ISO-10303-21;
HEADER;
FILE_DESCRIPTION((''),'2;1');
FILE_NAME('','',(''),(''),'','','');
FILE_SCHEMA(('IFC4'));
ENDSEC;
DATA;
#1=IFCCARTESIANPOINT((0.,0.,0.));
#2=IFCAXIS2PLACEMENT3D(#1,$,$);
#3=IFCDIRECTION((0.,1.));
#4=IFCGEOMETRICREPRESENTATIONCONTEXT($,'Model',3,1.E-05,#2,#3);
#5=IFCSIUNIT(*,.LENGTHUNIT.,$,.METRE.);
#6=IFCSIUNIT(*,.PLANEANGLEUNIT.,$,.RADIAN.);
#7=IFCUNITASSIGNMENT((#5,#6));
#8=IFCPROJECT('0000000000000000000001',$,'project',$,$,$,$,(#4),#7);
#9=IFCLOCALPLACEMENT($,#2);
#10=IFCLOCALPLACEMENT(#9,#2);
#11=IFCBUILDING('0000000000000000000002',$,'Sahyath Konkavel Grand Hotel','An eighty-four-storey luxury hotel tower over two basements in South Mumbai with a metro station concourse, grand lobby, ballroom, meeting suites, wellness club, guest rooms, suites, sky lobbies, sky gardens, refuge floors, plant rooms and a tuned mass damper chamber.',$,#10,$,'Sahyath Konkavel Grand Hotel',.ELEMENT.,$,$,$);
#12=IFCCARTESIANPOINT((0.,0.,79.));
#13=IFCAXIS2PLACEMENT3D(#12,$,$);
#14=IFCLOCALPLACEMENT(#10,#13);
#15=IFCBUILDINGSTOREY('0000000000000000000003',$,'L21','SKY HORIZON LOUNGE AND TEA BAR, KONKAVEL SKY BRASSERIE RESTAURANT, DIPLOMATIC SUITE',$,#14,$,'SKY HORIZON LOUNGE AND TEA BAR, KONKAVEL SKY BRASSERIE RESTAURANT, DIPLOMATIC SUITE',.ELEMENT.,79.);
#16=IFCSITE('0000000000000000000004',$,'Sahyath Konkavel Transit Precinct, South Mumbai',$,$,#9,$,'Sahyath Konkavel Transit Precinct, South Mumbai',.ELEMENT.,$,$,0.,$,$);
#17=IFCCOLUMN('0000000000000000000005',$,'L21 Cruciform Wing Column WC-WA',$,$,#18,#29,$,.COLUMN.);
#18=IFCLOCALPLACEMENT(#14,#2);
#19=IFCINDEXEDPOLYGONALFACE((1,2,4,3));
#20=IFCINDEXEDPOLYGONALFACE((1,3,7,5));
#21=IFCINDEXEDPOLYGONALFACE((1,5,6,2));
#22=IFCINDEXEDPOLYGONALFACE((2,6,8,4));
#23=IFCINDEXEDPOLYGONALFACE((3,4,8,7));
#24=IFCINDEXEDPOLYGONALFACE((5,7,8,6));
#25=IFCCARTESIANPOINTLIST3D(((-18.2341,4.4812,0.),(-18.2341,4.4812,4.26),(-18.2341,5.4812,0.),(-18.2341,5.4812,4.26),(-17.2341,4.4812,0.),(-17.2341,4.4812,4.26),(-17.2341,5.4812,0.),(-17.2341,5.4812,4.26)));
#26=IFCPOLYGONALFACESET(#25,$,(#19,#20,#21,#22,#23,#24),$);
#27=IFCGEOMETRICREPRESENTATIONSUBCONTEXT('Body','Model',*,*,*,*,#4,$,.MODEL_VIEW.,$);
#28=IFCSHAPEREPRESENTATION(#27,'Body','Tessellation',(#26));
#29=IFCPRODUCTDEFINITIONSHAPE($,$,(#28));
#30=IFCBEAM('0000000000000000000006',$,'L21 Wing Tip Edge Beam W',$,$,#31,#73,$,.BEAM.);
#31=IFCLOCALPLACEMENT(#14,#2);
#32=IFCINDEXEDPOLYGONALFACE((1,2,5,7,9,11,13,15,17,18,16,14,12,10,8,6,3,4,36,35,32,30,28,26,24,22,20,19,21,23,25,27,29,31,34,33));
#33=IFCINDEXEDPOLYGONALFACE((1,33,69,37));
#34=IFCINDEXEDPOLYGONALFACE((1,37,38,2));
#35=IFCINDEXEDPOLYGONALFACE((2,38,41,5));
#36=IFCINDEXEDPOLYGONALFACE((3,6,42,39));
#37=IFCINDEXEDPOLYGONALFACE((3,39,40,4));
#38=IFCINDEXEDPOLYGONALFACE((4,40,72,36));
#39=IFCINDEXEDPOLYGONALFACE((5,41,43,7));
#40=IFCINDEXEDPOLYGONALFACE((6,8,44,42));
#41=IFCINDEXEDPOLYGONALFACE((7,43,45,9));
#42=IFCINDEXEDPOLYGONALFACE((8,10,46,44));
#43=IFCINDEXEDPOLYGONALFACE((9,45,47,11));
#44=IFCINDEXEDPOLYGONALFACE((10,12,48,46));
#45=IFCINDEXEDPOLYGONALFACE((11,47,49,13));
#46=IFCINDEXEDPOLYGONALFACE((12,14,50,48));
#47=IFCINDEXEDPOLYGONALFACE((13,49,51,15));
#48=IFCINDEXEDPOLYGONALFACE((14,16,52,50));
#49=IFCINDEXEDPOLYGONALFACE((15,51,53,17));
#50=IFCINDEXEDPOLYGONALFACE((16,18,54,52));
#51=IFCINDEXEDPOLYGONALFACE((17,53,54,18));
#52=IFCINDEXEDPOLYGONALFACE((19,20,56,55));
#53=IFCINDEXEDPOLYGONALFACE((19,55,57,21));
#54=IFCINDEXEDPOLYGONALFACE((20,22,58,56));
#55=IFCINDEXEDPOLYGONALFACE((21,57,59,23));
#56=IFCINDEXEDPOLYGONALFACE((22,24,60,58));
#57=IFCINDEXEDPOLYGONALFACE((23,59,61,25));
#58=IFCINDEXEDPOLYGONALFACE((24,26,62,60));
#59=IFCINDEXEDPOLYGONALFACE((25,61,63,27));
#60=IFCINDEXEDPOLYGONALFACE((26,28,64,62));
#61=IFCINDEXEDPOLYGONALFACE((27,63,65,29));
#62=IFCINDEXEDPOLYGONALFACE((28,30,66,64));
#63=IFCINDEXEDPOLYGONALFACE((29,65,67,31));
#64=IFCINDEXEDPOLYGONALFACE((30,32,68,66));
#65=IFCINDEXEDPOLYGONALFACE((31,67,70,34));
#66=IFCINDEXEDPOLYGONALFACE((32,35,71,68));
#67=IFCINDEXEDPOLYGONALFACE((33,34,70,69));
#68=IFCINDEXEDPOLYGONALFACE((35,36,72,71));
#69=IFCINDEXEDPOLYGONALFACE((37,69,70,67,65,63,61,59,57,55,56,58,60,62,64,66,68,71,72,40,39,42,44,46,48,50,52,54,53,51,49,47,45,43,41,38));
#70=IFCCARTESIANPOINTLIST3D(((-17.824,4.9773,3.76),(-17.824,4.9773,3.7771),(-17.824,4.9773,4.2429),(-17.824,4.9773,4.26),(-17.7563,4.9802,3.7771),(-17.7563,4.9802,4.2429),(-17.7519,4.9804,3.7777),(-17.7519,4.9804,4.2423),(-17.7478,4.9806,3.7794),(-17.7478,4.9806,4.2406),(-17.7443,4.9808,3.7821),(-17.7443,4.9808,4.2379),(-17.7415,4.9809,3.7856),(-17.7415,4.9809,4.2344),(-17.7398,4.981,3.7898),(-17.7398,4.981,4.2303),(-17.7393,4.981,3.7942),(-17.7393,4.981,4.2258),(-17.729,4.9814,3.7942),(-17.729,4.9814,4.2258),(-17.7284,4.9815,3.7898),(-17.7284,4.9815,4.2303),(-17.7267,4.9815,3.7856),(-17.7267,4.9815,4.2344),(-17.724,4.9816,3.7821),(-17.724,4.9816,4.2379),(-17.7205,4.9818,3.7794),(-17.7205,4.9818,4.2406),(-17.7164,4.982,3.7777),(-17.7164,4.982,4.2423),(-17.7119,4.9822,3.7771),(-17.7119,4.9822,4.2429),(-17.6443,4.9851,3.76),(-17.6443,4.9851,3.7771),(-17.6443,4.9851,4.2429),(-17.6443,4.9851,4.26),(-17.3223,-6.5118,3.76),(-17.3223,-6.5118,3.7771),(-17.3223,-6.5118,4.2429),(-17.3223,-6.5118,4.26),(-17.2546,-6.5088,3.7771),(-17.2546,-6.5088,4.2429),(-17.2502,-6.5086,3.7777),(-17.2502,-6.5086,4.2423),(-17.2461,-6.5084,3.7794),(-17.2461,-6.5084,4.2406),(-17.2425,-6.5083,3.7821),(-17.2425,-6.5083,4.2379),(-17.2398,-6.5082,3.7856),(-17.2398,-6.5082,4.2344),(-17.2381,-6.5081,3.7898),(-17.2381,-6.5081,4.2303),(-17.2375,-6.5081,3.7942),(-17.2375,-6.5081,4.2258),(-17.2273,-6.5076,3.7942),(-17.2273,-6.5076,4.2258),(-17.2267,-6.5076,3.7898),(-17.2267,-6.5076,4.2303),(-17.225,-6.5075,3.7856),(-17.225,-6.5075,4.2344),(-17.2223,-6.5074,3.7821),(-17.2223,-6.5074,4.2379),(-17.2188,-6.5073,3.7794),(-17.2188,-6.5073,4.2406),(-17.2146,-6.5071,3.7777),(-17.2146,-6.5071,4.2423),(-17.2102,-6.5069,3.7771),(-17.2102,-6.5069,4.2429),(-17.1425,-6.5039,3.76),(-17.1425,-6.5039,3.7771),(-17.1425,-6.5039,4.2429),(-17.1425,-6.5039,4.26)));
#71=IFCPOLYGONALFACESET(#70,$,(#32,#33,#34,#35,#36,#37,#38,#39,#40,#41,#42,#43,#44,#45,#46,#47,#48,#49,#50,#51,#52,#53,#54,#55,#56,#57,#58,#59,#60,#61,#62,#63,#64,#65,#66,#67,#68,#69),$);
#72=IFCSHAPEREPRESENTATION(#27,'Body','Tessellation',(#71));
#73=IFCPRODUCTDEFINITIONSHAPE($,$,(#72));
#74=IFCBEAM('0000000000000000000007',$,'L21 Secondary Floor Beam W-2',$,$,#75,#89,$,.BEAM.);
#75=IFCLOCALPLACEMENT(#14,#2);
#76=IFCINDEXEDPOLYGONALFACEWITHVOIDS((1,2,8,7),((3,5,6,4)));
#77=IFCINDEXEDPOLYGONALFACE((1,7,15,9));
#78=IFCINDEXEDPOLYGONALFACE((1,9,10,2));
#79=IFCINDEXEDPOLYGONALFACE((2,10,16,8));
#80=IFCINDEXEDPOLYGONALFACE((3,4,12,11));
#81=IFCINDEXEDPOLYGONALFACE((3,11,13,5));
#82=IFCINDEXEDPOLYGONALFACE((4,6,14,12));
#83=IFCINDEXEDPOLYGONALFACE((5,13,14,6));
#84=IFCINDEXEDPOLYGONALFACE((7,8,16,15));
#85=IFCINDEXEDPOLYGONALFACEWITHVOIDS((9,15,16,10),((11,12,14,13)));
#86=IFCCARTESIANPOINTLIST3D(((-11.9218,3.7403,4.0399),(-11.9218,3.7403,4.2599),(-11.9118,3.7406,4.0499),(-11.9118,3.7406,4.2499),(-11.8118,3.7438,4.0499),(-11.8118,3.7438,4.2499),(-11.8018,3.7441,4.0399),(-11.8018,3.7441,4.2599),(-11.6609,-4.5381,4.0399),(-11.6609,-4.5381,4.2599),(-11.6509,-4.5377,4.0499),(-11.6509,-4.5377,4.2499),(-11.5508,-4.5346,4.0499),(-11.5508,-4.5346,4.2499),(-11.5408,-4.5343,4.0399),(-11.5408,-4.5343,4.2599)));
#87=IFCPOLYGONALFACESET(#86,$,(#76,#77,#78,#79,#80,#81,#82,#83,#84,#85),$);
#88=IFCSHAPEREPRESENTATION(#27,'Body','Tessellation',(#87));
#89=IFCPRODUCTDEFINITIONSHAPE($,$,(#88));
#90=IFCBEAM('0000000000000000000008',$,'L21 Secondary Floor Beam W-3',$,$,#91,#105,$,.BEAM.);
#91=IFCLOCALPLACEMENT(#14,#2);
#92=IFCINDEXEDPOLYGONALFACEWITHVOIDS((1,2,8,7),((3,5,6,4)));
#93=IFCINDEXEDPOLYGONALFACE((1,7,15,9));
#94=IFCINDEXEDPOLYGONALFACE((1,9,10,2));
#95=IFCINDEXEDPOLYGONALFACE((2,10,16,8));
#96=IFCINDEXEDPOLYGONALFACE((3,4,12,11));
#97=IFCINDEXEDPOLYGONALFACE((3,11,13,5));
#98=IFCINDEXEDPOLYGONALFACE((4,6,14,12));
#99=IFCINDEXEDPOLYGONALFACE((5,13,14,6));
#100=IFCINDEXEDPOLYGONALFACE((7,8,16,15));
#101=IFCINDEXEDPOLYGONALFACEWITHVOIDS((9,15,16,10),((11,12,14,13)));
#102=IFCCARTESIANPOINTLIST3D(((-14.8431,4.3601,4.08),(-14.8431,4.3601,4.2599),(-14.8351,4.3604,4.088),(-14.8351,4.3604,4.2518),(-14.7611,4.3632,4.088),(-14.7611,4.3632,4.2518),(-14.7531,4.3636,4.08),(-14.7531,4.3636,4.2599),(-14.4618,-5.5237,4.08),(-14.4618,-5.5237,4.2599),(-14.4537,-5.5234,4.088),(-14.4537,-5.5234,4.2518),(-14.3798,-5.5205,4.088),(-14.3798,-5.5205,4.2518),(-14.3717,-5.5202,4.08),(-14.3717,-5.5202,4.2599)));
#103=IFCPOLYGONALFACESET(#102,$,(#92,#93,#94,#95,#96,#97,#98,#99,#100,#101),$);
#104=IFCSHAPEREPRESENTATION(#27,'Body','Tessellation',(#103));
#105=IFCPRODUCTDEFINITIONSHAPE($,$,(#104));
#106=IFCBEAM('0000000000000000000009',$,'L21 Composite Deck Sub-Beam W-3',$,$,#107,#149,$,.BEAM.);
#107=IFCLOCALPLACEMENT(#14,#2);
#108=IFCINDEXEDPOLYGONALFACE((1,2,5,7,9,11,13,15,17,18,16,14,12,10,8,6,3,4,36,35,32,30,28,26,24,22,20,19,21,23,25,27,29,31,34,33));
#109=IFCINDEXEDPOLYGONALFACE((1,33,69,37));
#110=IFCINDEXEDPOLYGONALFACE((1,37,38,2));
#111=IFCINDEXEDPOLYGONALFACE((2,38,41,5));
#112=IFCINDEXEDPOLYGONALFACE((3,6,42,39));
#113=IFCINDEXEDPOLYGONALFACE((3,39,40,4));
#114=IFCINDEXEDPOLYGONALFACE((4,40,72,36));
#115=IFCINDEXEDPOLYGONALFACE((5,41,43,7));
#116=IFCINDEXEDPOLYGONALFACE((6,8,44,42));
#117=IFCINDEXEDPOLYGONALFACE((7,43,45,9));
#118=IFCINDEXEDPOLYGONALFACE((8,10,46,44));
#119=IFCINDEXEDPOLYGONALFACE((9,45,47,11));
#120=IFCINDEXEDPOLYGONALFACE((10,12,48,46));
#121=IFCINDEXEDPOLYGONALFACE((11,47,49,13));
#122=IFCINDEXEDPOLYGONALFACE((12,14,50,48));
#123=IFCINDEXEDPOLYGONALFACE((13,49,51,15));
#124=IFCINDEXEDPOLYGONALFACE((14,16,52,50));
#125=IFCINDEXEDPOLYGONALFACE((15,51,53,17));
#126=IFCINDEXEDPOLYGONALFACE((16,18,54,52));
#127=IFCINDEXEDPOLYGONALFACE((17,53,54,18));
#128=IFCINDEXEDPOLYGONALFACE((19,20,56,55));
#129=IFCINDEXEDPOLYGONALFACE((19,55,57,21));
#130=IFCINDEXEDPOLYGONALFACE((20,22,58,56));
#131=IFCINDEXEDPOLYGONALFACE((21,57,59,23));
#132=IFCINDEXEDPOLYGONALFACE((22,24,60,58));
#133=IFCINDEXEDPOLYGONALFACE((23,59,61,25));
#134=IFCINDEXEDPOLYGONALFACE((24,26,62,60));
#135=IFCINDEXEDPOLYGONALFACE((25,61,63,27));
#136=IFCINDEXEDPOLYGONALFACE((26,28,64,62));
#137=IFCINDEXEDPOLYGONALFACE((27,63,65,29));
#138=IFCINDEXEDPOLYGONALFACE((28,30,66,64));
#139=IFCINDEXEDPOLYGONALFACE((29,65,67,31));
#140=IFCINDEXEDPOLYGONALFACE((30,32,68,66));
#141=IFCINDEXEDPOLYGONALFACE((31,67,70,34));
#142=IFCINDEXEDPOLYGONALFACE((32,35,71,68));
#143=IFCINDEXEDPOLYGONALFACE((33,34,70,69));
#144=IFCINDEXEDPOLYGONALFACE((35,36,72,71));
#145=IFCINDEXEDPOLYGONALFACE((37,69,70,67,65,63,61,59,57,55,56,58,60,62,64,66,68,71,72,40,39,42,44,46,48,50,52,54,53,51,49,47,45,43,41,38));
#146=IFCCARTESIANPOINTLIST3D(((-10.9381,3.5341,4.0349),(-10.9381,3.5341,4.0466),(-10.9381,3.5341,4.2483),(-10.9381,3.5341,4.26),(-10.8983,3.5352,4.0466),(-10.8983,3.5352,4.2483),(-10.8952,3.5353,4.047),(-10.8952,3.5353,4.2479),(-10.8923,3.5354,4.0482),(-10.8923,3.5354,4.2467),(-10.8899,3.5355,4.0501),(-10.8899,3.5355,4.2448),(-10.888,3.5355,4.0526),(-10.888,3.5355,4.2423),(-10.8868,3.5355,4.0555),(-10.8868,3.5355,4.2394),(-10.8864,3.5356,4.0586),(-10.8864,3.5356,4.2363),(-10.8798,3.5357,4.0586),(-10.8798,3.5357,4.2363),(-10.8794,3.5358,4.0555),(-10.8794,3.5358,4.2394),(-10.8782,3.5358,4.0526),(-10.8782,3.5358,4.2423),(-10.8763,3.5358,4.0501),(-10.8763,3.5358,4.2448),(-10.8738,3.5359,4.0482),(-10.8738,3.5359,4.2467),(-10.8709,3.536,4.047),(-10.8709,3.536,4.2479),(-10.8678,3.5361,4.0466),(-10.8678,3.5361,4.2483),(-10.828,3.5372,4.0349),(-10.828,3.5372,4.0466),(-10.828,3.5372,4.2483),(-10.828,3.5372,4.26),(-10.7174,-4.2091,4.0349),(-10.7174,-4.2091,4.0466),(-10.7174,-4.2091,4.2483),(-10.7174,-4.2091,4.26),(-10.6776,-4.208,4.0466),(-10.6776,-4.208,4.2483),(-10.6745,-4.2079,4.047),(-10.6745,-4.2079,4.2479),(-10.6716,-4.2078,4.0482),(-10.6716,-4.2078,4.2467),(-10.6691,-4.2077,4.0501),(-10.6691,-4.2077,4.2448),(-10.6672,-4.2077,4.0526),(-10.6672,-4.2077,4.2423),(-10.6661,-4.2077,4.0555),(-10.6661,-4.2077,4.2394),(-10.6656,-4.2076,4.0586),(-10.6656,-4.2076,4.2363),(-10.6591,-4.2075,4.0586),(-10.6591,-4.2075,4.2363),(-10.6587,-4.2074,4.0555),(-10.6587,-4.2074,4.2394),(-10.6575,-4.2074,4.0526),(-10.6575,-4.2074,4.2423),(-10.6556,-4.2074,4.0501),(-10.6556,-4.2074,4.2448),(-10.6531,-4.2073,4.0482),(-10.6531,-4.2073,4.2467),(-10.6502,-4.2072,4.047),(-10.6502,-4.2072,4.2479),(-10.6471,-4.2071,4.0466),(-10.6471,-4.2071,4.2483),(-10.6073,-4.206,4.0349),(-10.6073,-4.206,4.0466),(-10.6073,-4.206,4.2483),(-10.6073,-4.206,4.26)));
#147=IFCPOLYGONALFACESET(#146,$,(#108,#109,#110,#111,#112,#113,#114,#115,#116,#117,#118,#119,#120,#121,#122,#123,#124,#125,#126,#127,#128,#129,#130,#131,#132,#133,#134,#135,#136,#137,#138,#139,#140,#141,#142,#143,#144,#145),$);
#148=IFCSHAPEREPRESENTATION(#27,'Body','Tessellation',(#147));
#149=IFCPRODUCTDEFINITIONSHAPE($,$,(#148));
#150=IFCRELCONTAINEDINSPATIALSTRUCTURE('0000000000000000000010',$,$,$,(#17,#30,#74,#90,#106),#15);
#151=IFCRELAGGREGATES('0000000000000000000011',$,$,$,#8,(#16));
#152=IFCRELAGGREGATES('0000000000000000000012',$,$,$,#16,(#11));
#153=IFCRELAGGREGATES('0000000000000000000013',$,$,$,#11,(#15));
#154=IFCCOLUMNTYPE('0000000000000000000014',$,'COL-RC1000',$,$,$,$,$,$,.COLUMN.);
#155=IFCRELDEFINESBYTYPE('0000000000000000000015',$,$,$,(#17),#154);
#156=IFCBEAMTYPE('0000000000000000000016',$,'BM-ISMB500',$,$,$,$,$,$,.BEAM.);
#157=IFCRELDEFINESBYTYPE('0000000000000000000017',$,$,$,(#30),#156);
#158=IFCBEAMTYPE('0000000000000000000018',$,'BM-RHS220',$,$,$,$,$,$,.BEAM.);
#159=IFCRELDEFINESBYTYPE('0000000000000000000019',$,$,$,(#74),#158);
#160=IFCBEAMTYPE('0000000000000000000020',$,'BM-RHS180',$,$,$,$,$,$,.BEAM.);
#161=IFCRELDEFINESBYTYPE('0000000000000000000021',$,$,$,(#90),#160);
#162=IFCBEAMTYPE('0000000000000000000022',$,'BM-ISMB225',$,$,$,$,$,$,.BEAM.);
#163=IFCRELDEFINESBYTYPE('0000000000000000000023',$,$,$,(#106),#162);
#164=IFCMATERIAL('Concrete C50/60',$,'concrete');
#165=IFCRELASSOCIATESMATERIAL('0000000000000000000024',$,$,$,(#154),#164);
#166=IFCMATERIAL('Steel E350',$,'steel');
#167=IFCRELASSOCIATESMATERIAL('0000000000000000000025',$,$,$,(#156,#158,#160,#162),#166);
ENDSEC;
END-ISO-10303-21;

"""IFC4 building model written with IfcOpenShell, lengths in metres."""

from ifc_helpers import new_model, si_unit, direction, frame, origin, origin_2d, place, context, subcontext, project, spatial, rectangle, hollow_rectangle, i_section, extrude, source, transform, mapped, material, material_profile, profile_set, type_object, element, save


model = new_model("IFC4")

# Units and contexts
model_context = context("Model", 3, precision=1e-05, world=origin(), true_north=direction((0.0, 1.0)))
body_context = subcontext(model_context, "Body", "Model", "MODEL_VIEW")
ifc_project = project(units=[si_unit("LENGTHUNIT", "METRE"), si_unit("PLANEANGLEUNIT", "RADIAN")], contexts=[model_context])

# Site, building, storey
site_placement = place(None, origin())
site = spatial("IfcSite", under=ifc_project, at=site_placement, Name="Sahyath Konkavel Transit Precinct, South Mumbai", LongName="Sahyath Konkavel Transit Precinct, South Mumbai", CompositionType="ELEMENT", RefElevation=0.0)
building_placement = place(site_placement, origin())
building = spatial("IfcBuilding", under=site, at=building_placement, Name="Sahyath Konkavel Grand Hotel", Description="An eighty-four-storey luxury hotel tower over two basements in South Mumbai with a metro station concourse, grand lobby, ballroom, meeting suites, wellness club, guest rooms, suites, sky lobbies, sky gardens, refuge floors, plant rooms and a tuned mass damper chamber.", LongName="Sahyath Konkavel Grand Hotel", CompositionType="ELEMENT")
storey_placement = place(building_placement, frame((0.0, 0.0, 79.0)))
storey = spatial("IfcBuildingStorey", under=building, at=storey_placement, Name="L21", Description="SKY HORIZON LOUNGE AND TEA BAR, KONKAVEL SKY BRASSERIE RESTAURANT, DIPLOMATIC SUITE", LongName="SKY HORIZON LOUNGE AND TEA BAR, KONKAVEL SKY BRASSERIE RESTAURANT, DIPLOMATIC SUITE", CompositionType="ELEMENT", Elevation=79.0)

# Column
ifc_material_1 = material(Name="Concrete C50/60", Category="concrete")
ifc_material_profile_1 = material_profile(ifc_material_1, rectangle(XDim=1.0, YDim=1.0, at=origin_2d()), Name="RC 1000x1000")
ifc_profile_set_1 = profile_set([ifc_material_profile_1], Name="Concrete C50/60")
column_type = type_object("IfcColumnType", Name="COL-RC1000", PredefinedType="COLUMN", material=ifc_profile_set_1)
shared_shape_1 = source(origin(), body_context, "Body", "SweptSolid", [
    extrude(rectangle(XDim=1.0, YDim=1.0, at=origin_2d()), origin(), (0.0, 0.0, 1.0), 4.26),
])
column_placement = place(storey_placement, frame((-17.7341, 4.9812, 0.0), z_axis=(0.0, 0.0, 1.0), x_axis=(1.0, 0.0, 0.0)))
element("IfcColumn", 1, at=column_placement, inside=storey, type_object=column_type, Name="L21 Cruciform Wing Column WC-WA", PredefinedType="COLUMN", context=body_context, shape_type="MappedRepresentation", body=[
    mapped(shared_shape_1, transform((0.0, 0.0, 0.0), scale=1.0)),
])

# Beams
ifc_material_2 = material(Name="Steel E350", Category="steel")
ifc_material_profile_2 = material_profile(ifc_material_2, i_section(OverallWidth=0.1799, OverallDepth=0.5, WebThickness=0.0103, FlangeThickness=0.0171, FilletRadius=0.0171, at=origin_2d()), Name="ISMB 500")
ifc_profile_set_2 = profile_set([ifc_material_profile_2], Name="Steel E350")
beam_type_1 = type_object("IfcBeamType", Name="BM-ISMB500", PredefinedType="BEAM", material=ifc_profile_set_2)
shared_shape_2 = source(origin(), body_context, "Body", "SweptSolid", [
    extrude(i_section(OverallWidth=0.1799, OverallDepth=0.5, WebThickness=0.0103, FlangeThickness=0.0171, FilletRadius=0.0171, at=origin_2d()), origin(), (0.0, 0.0, 1.0), 11.5),
])
beam_1_placement = place(storey_placement, frame((-17.7341, 4.9812, 4.01), z_axis=(0.043627, -0.999048, 0.0), x_axis=(0.999048, 0.043627, 0.0)))
element("IfcBeam", 2, at=beam_1_placement, inside=storey, type_object=beam_type_1, Name="L21 Wing Tip Edge Beam W", PredefinedType="BEAM", context=body_context, shape_type="MappedRepresentation", body=[
    mapped(shared_shape_2, transform((0.0, 0.0, 0.0), scale=1.0)),
])
ifc_material_profile_3 = material_profile(ifc_material_2, hollow_rectangle(XDim=0.1201, YDim=0.22, WallThickness=0.01, at=origin_2d()), Name="RHS 220x120x10")
ifc_profile_set_3 = profile_set([ifc_material_profile_3], Name="Steel E350")
beam_type_2 = type_object("IfcBeamType", Name="BM-RHS220", PredefinedType="BEAM", material=ifc_profile_set_3)
shared_shape_3 = source(origin(), body_context, "Body", "SweptSolid", [
    extrude(hollow_rectangle(XDim=0.1201, YDim=0.22, WallThickness=0.01, at=origin_2d()), origin(), (0.0, 0.0, 1.0), 8.2825),
])
beam_2_placement = place(storey_placement, frame((-11.8618, 3.7422, 4.1499), z_axis=(0.031511, -0.999503, 0.0), x_axis=(0.999503, 0.031511, 0.0)))
element("IfcBeam", 3, at=beam_2_placement, inside=storey, type_object=beam_type_2, Name="L21 Secondary Floor Beam W-2", PredefinedType="BEAM", context=body_context, shape_type="MappedRepresentation", body=[
    mapped(shared_shape_3, transform((0.0, 0.0, 0.0), scale=1.0)),
])
ifc_material_profile_4 = material_profile(ifc_material_2, hollow_rectangle(XDim=0.0901, YDim=0.1799, WallThickness=0.0081, at=origin_2d()), Name="RHS 180x90x8")
ifc_profile_set_4 = profile_set([ifc_material_profile_4], Name="Steel E350")
beam_type_3 = type_object("IfcBeamType", Name="BM-RHS180", PredefinedType="BEAM", material=ifc_profile_set_4)
shared_shape_4 = source(origin(), body_context, "Body", "SweptSolid", [
    extrude(hollow_rectangle(XDim=0.0901, YDim=0.1799, WallThickness=0.0081, at=origin_2d()), origin(), (0.0, 0.0, 1.0), 9.8911),
])
beam_3_placement = place(storey_placement, frame((-14.7981, 4.3618, 4.1699), z_axis=(0.038554, -0.999257, 0.0), x_axis=(0.999257, 0.038554, 0.0)))
element("IfcBeam", 4, at=beam_3_placement, inside=storey, type_object=beam_type_3, Name="L21 Secondary Floor Beam W-3", PredefinedType="BEAM", context=body_context, shape_type="MappedRepresentation", body=[
    mapped(shared_shape_4, transform((0.0, 0.0, 0.0), scale=1.0)),
])
ifc_material_profile_5 = material_profile(ifc_material_2, i_section(OverallWidth=0.1101, OverallDepth=0.2251, WebThickness=0.0066, FlangeThickness=0.0117, FilletRadius=0.012, at=origin_2d()), Name="ISMB 225")
ifc_profile_set_5 = profile_set([ifc_material_profile_5], Name="Steel E350")
beam_type_4 = type_object("IfcBeamType", Name="BM-ISMB225", PredefinedType="BEAM", material=ifc_profile_set_5)
shared_shape_5 = source(origin(), body_context, "Body", "SweptSolid", [
    extrude(i_section(OverallWidth=0.1101, OverallDepth=0.2251, WebThickness=0.0066, FlangeThickness=0.0117, FilletRadius=0.012, at=origin_2d()), origin(), (0.0, 0.0, 1.0), 7.7463),
])
beam_4_placement = place(storey_placement, frame((-10.8831, 3.5356, 4.1475), z_axis=(0.028491, -0.999594, 0.0), x_axis=(0.999594, 0.028491, 0.0)))
element("IfcBeam", 5, at=beam_4_placement, inside=storey, type_object=beam_type_4, Name="L21 Composite Deck Sub-Beam W-3", PredefinedType="BEAM", context=body_context, shape_type="MappedRepresentation", body=[
    mapped(shared_shape_5, transform((0.0, 0.0, 0.0), scale=1.0)),
])

save(model, "model.ifc")
